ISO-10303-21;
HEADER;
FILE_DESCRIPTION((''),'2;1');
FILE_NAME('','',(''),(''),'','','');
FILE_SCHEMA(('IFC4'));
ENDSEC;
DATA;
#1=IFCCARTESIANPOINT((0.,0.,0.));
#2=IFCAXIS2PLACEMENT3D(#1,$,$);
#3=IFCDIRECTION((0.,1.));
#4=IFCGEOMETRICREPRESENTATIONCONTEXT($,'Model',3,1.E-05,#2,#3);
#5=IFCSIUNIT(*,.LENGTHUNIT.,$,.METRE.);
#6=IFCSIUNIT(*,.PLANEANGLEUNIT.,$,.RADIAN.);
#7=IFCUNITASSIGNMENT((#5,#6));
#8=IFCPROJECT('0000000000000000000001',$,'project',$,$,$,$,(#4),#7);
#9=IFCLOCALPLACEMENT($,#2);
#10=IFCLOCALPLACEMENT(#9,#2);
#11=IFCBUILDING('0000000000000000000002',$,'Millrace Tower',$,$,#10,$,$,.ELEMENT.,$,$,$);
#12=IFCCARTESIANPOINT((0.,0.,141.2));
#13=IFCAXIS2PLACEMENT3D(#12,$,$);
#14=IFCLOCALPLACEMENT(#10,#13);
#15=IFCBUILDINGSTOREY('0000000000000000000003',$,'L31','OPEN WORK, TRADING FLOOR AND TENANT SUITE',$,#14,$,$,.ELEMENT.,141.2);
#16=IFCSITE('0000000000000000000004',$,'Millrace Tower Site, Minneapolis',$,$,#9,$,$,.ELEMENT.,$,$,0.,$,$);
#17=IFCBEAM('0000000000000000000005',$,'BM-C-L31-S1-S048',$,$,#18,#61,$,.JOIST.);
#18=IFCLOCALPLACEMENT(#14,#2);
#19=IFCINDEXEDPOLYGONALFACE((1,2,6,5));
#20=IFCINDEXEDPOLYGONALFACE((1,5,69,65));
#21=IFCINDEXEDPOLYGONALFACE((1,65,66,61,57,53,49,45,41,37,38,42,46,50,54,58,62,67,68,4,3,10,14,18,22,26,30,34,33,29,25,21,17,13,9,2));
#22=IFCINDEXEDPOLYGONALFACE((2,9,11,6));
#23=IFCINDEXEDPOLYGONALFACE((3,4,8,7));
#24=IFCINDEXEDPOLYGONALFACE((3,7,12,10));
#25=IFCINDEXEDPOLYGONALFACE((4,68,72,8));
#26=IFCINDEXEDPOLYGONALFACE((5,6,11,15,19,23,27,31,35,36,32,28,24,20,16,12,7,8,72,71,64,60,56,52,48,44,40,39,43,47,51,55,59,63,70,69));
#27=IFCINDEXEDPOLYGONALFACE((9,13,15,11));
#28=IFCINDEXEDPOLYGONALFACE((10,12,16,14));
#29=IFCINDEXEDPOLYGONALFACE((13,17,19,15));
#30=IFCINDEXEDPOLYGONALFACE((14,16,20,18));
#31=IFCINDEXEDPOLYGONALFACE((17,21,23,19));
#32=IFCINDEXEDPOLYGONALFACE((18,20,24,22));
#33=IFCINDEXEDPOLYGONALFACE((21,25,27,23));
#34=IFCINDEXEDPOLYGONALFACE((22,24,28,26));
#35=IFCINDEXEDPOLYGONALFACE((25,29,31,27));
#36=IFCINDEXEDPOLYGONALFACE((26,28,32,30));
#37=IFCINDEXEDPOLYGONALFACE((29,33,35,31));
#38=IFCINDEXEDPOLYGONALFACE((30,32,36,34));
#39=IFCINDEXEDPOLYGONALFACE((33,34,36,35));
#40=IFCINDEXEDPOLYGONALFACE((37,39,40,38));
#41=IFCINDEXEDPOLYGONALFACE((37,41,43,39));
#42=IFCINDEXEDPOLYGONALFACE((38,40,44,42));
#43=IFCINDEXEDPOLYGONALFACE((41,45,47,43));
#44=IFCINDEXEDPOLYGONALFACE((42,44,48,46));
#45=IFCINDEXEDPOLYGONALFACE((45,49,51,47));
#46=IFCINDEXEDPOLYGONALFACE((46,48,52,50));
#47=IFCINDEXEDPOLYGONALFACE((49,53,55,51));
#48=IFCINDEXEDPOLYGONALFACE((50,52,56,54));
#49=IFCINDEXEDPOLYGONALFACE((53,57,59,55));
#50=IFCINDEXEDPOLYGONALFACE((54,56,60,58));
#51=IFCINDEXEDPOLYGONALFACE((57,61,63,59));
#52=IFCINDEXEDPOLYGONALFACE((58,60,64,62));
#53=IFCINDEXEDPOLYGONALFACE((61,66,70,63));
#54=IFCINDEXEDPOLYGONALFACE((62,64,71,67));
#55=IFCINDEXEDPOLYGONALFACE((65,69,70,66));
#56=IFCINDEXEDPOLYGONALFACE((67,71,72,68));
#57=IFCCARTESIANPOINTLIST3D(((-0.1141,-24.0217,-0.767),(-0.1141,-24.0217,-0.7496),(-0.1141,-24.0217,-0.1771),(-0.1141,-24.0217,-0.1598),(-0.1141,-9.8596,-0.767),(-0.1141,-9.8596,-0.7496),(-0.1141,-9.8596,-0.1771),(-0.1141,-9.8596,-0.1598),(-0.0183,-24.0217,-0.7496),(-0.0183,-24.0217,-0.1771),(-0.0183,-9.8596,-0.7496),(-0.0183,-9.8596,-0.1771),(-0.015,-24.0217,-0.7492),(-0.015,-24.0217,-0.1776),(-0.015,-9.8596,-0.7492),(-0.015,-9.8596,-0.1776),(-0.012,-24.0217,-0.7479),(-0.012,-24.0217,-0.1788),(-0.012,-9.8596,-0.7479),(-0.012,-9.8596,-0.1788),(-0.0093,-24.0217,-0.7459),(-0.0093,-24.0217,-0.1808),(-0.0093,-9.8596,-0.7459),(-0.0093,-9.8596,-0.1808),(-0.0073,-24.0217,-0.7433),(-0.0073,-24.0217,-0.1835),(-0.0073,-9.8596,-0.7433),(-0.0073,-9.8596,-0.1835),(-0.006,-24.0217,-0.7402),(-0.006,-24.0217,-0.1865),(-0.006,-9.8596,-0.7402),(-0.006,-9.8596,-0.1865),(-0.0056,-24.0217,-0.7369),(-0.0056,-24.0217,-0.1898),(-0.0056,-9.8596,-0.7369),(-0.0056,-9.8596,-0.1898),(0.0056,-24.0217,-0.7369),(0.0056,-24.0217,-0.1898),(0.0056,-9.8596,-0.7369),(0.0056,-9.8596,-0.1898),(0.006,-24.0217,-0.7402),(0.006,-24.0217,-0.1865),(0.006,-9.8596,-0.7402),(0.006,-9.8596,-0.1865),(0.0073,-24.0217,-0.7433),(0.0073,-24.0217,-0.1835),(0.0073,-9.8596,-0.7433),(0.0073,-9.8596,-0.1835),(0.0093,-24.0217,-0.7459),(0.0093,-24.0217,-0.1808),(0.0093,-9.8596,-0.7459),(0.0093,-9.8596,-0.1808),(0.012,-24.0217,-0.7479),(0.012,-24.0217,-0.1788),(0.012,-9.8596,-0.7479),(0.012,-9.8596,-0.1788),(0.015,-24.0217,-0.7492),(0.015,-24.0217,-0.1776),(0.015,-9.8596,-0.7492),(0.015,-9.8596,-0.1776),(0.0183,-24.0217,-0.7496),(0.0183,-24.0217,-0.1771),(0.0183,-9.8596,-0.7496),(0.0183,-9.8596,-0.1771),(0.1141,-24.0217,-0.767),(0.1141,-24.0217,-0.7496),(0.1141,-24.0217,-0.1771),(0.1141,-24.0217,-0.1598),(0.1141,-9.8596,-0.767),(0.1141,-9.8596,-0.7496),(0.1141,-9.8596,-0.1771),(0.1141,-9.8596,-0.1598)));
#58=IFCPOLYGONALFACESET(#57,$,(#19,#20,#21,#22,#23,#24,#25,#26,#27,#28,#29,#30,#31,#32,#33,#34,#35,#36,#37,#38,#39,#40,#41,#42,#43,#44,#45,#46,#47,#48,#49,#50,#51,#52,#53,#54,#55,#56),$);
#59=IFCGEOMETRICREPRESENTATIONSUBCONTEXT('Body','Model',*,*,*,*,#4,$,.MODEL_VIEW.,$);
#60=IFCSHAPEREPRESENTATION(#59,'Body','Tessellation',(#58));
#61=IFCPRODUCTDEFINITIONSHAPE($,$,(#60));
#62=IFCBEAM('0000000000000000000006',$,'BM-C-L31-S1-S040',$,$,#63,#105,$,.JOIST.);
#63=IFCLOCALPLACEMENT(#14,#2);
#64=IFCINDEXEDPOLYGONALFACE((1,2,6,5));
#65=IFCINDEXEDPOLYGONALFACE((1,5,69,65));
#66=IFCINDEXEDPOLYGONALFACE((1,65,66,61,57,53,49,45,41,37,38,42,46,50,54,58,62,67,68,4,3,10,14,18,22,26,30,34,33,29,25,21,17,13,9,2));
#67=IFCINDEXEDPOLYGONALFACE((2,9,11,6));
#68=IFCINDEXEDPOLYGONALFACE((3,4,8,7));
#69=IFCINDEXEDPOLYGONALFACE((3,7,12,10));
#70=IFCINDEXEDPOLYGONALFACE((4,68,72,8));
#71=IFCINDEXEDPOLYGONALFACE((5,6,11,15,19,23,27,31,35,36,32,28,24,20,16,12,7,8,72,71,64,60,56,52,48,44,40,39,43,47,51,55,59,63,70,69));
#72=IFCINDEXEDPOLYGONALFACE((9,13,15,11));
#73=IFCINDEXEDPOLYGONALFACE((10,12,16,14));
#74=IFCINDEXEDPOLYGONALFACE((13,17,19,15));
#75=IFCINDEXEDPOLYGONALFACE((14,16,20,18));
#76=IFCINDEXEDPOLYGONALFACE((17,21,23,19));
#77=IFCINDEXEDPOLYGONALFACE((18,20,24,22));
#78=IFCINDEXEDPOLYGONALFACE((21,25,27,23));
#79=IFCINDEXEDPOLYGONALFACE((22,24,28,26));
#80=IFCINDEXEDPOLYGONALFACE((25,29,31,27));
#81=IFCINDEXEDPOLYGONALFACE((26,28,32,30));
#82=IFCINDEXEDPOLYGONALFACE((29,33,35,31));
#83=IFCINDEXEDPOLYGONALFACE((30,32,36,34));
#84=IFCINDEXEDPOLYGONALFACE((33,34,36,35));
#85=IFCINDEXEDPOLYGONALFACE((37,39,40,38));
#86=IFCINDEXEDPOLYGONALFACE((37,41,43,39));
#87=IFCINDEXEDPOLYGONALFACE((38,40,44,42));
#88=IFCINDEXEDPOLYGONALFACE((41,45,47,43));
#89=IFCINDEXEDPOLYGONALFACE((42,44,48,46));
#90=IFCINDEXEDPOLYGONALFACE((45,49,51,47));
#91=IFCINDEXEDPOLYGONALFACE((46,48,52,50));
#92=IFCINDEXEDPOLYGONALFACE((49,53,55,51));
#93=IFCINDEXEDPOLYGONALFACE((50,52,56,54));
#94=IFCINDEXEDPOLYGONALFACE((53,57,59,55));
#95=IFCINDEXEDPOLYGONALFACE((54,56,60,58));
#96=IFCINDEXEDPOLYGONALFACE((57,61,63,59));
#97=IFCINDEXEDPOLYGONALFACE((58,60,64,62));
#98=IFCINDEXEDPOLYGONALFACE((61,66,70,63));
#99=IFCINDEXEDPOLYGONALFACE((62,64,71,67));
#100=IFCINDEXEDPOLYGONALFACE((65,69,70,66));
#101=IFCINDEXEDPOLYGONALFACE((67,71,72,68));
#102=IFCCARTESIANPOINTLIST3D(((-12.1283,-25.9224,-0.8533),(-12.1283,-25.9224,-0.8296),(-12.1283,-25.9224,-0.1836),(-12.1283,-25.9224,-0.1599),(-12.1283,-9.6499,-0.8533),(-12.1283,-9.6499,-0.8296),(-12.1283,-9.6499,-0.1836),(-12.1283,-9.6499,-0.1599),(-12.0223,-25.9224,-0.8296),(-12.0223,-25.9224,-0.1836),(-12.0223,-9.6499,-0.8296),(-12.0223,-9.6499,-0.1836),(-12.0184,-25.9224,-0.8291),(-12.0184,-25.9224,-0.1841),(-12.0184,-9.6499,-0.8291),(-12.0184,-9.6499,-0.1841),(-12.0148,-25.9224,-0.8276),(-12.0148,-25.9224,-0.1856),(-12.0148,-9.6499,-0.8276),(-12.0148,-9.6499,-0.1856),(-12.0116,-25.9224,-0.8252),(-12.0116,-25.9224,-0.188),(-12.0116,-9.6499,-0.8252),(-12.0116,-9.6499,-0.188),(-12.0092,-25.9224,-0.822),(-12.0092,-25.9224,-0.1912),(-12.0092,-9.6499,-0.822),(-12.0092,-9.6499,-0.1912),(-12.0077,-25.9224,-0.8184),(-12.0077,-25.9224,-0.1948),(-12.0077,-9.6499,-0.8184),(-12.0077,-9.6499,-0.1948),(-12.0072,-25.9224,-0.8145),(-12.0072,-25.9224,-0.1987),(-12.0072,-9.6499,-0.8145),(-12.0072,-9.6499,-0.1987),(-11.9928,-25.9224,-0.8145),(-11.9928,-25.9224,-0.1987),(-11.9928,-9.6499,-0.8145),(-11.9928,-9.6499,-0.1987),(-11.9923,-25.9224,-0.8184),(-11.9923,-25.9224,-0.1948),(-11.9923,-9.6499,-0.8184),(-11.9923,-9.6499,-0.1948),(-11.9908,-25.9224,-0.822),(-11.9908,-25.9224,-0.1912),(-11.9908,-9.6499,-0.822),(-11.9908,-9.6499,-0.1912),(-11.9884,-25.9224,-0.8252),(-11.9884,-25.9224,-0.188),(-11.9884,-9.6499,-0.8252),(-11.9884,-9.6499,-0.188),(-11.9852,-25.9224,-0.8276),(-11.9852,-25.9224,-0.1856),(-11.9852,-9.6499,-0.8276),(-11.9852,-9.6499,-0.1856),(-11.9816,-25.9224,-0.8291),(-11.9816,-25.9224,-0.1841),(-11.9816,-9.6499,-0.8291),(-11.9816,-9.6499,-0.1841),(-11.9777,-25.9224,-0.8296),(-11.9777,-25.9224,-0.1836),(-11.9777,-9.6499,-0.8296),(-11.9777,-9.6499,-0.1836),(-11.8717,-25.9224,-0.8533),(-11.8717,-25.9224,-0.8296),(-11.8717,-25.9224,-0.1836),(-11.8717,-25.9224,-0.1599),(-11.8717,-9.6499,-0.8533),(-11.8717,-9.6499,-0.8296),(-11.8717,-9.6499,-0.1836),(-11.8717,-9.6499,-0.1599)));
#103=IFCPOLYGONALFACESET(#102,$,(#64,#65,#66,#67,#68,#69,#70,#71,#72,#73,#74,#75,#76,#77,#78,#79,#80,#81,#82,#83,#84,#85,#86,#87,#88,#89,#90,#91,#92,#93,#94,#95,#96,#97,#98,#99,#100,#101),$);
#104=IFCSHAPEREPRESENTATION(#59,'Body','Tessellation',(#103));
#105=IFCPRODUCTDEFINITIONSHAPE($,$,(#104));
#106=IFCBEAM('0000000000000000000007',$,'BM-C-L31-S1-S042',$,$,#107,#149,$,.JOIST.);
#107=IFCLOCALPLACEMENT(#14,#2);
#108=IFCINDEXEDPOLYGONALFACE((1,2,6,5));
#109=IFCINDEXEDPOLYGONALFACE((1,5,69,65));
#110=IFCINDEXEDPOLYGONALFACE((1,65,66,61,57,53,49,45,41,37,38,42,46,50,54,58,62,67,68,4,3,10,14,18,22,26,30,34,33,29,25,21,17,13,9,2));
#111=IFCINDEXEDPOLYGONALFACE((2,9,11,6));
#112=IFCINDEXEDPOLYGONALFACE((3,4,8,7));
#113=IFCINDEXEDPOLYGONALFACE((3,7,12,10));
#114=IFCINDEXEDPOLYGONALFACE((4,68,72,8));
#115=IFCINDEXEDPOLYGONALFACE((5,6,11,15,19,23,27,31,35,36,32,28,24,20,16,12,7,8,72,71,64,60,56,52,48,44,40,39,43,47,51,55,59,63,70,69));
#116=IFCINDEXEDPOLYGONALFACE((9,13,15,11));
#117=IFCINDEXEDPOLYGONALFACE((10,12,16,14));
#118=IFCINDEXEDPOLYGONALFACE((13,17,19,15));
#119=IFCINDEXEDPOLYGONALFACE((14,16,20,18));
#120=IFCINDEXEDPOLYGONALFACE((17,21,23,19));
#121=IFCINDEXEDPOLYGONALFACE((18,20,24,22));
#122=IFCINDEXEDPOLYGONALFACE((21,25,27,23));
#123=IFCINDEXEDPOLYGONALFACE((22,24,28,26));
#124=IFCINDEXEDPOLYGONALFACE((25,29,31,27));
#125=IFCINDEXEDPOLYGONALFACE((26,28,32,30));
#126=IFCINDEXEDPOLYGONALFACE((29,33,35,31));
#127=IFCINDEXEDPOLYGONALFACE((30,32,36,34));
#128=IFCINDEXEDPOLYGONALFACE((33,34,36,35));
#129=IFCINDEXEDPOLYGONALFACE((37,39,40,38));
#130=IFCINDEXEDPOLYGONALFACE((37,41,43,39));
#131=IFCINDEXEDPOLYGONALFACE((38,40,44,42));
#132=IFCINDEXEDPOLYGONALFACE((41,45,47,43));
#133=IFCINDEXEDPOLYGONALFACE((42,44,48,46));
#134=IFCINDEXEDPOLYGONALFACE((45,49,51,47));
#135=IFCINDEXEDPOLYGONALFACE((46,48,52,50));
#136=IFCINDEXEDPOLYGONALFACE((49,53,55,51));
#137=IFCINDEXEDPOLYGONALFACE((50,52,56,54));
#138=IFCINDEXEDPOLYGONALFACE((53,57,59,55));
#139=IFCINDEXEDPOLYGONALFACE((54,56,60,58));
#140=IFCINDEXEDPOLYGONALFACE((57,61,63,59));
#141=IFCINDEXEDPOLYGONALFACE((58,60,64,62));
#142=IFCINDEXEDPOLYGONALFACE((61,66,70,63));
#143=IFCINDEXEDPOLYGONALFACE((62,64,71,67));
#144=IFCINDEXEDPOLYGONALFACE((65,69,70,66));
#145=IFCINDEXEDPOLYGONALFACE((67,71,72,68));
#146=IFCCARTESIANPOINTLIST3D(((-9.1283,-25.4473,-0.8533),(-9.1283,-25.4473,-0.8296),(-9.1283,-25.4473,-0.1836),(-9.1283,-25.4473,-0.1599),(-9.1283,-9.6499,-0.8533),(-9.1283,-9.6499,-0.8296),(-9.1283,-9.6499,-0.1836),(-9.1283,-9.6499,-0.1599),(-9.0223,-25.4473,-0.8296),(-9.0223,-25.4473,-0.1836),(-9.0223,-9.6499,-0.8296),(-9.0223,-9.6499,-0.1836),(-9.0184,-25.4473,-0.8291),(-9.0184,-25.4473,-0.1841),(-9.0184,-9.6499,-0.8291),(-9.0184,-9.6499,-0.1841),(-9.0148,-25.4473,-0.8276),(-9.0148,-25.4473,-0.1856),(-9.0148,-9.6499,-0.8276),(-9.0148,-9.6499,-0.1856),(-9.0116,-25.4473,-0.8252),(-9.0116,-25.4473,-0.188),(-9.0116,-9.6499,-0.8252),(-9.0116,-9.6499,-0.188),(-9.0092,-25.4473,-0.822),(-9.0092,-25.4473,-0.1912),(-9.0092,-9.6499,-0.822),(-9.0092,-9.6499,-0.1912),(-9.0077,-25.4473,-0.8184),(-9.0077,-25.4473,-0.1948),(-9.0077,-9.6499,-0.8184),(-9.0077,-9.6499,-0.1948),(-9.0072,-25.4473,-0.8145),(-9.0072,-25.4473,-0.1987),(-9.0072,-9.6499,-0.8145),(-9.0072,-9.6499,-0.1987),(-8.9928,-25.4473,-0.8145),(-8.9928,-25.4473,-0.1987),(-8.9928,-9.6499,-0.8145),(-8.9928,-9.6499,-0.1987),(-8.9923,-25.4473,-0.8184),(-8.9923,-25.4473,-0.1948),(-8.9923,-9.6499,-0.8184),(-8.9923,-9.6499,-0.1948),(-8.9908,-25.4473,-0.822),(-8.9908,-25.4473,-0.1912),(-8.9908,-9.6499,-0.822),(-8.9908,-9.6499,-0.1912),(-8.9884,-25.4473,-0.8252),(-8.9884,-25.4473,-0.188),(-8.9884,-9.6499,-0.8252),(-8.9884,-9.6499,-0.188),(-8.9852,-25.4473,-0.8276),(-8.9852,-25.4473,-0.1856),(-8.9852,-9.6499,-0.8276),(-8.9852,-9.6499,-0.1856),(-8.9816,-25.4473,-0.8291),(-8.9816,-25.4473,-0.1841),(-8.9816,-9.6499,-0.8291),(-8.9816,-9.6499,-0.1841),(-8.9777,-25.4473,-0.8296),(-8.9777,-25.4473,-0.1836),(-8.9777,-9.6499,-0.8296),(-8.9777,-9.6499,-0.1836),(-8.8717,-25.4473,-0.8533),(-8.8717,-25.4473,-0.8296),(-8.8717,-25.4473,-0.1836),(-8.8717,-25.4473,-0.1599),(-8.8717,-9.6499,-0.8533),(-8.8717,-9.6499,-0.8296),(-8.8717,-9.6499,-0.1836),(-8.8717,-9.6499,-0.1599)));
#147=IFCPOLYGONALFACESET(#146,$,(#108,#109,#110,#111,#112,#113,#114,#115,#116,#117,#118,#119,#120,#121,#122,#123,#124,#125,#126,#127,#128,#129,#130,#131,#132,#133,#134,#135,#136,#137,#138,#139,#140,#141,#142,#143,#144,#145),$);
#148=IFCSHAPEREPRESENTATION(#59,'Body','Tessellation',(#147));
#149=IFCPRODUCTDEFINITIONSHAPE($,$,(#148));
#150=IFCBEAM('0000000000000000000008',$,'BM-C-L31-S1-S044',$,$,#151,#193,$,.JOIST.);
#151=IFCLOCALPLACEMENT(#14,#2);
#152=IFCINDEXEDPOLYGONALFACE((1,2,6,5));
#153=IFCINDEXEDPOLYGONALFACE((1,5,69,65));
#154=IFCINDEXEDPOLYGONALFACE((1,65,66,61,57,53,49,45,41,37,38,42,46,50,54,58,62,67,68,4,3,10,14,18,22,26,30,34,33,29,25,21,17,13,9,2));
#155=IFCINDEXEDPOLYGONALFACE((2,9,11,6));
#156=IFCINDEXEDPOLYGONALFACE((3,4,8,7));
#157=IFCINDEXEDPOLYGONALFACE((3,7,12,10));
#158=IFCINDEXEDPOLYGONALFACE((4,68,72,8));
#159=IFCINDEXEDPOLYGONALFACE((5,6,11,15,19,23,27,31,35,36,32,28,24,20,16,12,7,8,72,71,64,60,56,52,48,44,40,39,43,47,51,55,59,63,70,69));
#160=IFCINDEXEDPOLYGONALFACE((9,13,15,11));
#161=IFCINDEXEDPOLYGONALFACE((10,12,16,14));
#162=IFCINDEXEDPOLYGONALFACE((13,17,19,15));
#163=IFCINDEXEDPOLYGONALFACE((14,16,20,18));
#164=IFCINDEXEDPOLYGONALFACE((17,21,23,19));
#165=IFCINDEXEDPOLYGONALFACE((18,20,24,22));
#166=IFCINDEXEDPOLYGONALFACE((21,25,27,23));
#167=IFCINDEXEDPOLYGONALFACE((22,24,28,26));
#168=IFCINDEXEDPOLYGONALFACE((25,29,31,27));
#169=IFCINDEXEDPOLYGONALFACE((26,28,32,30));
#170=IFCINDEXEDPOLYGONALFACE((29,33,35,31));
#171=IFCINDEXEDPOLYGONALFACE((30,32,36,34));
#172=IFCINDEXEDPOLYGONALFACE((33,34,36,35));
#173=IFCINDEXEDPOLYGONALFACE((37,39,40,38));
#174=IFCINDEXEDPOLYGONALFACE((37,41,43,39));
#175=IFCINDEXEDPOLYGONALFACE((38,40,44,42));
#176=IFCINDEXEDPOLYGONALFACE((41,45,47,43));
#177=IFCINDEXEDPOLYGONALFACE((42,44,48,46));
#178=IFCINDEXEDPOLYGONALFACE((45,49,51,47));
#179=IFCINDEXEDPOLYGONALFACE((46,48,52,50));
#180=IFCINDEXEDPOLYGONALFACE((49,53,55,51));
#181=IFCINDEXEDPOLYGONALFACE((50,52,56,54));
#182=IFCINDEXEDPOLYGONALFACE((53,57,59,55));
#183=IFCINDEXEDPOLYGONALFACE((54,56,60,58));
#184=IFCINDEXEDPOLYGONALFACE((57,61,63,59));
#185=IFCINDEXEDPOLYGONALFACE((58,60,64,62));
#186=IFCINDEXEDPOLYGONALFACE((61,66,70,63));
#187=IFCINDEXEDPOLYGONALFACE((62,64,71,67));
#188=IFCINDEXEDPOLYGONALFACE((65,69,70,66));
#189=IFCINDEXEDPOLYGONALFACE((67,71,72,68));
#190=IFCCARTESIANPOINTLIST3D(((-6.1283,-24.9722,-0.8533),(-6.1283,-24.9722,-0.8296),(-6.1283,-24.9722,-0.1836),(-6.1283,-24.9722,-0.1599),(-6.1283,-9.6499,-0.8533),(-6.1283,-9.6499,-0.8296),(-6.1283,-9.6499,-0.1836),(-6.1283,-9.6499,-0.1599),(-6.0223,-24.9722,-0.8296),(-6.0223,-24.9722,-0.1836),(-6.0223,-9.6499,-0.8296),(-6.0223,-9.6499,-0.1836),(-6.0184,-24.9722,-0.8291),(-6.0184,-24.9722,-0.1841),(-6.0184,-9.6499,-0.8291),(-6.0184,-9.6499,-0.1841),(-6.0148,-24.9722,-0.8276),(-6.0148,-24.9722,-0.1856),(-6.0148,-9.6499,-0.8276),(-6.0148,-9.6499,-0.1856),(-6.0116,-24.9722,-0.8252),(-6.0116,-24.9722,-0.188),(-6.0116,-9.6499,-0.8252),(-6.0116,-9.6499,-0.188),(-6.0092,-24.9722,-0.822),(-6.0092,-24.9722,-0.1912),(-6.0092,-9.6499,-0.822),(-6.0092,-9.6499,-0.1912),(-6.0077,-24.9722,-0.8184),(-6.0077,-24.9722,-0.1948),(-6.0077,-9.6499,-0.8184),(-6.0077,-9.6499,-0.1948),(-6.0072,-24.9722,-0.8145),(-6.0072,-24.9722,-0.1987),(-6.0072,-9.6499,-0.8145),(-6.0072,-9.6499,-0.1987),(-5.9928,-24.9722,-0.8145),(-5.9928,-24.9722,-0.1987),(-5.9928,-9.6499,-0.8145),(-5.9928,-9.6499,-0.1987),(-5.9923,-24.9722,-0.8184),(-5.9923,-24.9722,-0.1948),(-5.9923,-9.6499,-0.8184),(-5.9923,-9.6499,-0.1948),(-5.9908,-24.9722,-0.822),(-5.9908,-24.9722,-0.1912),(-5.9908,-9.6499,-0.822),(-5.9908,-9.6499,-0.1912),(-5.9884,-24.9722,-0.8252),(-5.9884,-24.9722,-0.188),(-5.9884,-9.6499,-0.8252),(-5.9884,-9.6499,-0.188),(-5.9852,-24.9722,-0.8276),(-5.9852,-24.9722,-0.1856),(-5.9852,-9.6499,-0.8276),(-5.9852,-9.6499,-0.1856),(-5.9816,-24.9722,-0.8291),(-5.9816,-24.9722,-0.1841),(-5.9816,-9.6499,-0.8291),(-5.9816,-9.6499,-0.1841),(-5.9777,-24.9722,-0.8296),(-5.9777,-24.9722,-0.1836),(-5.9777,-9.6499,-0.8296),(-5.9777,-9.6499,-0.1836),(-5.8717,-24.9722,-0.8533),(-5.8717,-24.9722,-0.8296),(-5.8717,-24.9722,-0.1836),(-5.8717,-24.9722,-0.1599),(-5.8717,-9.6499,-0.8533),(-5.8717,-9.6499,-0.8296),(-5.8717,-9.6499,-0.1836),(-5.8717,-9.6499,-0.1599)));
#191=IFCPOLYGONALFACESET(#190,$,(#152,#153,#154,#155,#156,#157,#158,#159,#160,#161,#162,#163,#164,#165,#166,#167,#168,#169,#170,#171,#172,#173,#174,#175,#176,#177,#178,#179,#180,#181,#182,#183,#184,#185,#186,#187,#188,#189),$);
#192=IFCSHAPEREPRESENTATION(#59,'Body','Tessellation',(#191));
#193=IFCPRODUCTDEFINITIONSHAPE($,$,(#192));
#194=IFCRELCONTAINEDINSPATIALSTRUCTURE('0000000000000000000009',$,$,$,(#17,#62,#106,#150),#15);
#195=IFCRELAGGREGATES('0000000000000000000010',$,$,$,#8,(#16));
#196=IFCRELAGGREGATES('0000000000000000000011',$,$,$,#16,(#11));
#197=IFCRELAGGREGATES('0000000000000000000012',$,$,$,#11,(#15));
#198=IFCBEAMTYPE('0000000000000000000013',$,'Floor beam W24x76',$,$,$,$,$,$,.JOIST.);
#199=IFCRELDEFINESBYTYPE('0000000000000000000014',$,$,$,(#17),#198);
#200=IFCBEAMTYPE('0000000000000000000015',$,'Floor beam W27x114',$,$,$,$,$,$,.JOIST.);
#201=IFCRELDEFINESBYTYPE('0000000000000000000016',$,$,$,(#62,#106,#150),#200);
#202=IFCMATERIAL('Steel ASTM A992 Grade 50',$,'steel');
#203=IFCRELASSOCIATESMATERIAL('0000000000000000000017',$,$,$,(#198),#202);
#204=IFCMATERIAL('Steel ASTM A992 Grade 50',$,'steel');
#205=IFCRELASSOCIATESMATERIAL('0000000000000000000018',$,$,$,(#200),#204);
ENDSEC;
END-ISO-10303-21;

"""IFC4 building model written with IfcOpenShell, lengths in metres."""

from ifc_helpers import new_model, si_unit, direction, frame, origin, origin_2d, place, context, subcontext, project, spatial, i_section, extrude, material, material_profile, profile_set, type_object, element, save


model = new_model("IFC4")

# Units and contexts
model_context = context("Model", 3, precision=1e-05, world=origin(), true_north=direction((0.0, 1.0)))
body_context = subcontext(model_context, "Body", "Model", "MODEL_VIEW")
ifc_project = project(units=[si_unit("LENGTHUNIT", "METRE"), si_unit("PLANEANGLEUNIT", "RADIAN")], contexts=[model_context])

# Site, building, storey
site_placement = place(None, origin())
site = spatial("IfcSite", under=ifc_project, at=site_placement, Name="Millrace Tower Site, Minneapolis", CompositionType="ELEMENT", RefElevation=0.0)
building_placement = place(site_placement, origin())
building = spatial("IfcBuilding", under=site, at=building_placement, Name="Millrace Tower", CompositionType="ELEMENT")
storey_placement = place(building_placement, frame((0.0, 0.0, 141.2)))
storey = spatial("IfcBuildingStorey", under=building, at=storey_placement, Name="L31", Description="OPEN WORK, TRADING FLOOR AND TENANT SUITE", CompositionType="ELEMENT", Elevation=141.2)

# Beams
ifc_material_1 = material(Name="Steel ASTM A992 Grade 50", Category="steel")
ifc_material_profile_1 = material_profile(ifc_material_1, i_section(OverallWidth=0.2283, OverallDepth=0.6072, WebThickness=0.0112, FlangeThickness=0.0173, FilletRadius=0.0127, at=origin_2d()))
ifc_profile_set_1 = profile_set([ifc_material_profile_1], Name="Steel ASTM A992 Grade 50")
beam_type_1 = type_object("IfcBeamType", Name="Floor beam W24x76", PredefinedType="JOIST", material=ifc_profile_set_1)
beam_1_placement = place(storey_placement, frame((0.0, -24.0217, -0.4634), z_axis=(0.0, 1.0, 0.0), x_axis=(-1.0, 0.0, 0.0)))
element("IfcBeam", 1, at=beam_1_placement, inside=storey, type_object=beam_type_1, Name="BM-C-L31-S1-S048", PredefinedType="JOIST", context=body_context, shape_type="SweptSolid", body=[
    extrude(i_section(OverallWidth=0.2283, OverallDepth=0.6072, WebThickness=0.0112, FlangeThickness=0.0173, FilletRadius=0.0127, at=origin_2d()), origin(), (0.0, 0.0, 1.0), 14.1621),
])
ifc_material_2 = material(Name="Steel ASTM A992 Grade 50", Category="steel")
ifc_material_profile_2 = material_profile(ifc_material_2, i_section(OverallWidth=0.2566, OverallDepth=0.6934, WebThickness=0.0144, FlangeThickness=0.0237, FilletRadius=0.0151, at=origin_2d()))
ifc_profile_set_2 = profile_set([ifc_material_profile_2], Name="Steel ASTM A992 Grade 50")
beam_type_2 = type_object("IfcBeamType", Name="Floor beam W27x114", PredefinedType="JOIST", material=ifc_profile_set_2)
beam_2_placement = place(storey_placement, frame((-12.0, -25.9224, -0.5066), z_axis=(0.0, 1.0, 0.0), x_axis=(-1.0, 0.0, 0.0)))
element("IfcBeam", 2, at=beam_2_placement, inside=storey, type_object=beam_type_2, Name="BM-C-L31-S1-S040", PredefinedType="JOIST", context=body_context, shape_type="SweptSolid", body=[
    extrude(i_section(OverallWidth=0.2566, OverallDepth=0.6934, WebThickness=0.0144, FlangeThickness=0.0237, FilletRadius=0.0151, at=origin_2d()), origin(), (0.0, 0.0, 1.0), 16.2725),
])
beam_3_placement = place(storey_placement, frame((-9.0, -25.4473, -0.5066), z_axis=(0.0, 1.0, 0.0), x_axis=(-1.0, 0.0, 0.0)))
element("IfcBeam", 3, at=beam_3_placement, inside=storey, type_object=beam_type_2, Name="BM-C-L31-S1-S042", PredefinedType="JOIST", context=body_context, shape_type="SweptSolid", body=[
    extrude(i_section(OverallWidth=0.2566, OverallDepth=0.6934, WebThickness=0.0144, FlangeThickness=0.0237, FilletRadius=0.0151, at=origin_2d()), origin(), (0.0, 0.0, 1.0), 15.7974),
])
beam_4_placement = place(storey_placement, frame((-6.0, -24.9722, -0.5066), z_axis=(0.0, 1.0, 0.0), x_axis=(-1.0, 0.0, 0.0)))
element("IfcBeam", 4, at=beam_4_placement, inside=storey, type_object=beam_type_2, Name="BM-C-L31-S1-S044", PredefinedType="JOIST", context=body_context, shape_type="SweptSolid", body=[
    extrude(i_section(OverallWidth=0.2566, OverallDepth=0.6934, WebThickness=0.0144, FlangeThickness=0.0237, FilletRadius=0.0151, at=origin_2d()), origin(), (0.0, 0.0, 1.0), 15.3223),
])

save(model, "model.ifc")
